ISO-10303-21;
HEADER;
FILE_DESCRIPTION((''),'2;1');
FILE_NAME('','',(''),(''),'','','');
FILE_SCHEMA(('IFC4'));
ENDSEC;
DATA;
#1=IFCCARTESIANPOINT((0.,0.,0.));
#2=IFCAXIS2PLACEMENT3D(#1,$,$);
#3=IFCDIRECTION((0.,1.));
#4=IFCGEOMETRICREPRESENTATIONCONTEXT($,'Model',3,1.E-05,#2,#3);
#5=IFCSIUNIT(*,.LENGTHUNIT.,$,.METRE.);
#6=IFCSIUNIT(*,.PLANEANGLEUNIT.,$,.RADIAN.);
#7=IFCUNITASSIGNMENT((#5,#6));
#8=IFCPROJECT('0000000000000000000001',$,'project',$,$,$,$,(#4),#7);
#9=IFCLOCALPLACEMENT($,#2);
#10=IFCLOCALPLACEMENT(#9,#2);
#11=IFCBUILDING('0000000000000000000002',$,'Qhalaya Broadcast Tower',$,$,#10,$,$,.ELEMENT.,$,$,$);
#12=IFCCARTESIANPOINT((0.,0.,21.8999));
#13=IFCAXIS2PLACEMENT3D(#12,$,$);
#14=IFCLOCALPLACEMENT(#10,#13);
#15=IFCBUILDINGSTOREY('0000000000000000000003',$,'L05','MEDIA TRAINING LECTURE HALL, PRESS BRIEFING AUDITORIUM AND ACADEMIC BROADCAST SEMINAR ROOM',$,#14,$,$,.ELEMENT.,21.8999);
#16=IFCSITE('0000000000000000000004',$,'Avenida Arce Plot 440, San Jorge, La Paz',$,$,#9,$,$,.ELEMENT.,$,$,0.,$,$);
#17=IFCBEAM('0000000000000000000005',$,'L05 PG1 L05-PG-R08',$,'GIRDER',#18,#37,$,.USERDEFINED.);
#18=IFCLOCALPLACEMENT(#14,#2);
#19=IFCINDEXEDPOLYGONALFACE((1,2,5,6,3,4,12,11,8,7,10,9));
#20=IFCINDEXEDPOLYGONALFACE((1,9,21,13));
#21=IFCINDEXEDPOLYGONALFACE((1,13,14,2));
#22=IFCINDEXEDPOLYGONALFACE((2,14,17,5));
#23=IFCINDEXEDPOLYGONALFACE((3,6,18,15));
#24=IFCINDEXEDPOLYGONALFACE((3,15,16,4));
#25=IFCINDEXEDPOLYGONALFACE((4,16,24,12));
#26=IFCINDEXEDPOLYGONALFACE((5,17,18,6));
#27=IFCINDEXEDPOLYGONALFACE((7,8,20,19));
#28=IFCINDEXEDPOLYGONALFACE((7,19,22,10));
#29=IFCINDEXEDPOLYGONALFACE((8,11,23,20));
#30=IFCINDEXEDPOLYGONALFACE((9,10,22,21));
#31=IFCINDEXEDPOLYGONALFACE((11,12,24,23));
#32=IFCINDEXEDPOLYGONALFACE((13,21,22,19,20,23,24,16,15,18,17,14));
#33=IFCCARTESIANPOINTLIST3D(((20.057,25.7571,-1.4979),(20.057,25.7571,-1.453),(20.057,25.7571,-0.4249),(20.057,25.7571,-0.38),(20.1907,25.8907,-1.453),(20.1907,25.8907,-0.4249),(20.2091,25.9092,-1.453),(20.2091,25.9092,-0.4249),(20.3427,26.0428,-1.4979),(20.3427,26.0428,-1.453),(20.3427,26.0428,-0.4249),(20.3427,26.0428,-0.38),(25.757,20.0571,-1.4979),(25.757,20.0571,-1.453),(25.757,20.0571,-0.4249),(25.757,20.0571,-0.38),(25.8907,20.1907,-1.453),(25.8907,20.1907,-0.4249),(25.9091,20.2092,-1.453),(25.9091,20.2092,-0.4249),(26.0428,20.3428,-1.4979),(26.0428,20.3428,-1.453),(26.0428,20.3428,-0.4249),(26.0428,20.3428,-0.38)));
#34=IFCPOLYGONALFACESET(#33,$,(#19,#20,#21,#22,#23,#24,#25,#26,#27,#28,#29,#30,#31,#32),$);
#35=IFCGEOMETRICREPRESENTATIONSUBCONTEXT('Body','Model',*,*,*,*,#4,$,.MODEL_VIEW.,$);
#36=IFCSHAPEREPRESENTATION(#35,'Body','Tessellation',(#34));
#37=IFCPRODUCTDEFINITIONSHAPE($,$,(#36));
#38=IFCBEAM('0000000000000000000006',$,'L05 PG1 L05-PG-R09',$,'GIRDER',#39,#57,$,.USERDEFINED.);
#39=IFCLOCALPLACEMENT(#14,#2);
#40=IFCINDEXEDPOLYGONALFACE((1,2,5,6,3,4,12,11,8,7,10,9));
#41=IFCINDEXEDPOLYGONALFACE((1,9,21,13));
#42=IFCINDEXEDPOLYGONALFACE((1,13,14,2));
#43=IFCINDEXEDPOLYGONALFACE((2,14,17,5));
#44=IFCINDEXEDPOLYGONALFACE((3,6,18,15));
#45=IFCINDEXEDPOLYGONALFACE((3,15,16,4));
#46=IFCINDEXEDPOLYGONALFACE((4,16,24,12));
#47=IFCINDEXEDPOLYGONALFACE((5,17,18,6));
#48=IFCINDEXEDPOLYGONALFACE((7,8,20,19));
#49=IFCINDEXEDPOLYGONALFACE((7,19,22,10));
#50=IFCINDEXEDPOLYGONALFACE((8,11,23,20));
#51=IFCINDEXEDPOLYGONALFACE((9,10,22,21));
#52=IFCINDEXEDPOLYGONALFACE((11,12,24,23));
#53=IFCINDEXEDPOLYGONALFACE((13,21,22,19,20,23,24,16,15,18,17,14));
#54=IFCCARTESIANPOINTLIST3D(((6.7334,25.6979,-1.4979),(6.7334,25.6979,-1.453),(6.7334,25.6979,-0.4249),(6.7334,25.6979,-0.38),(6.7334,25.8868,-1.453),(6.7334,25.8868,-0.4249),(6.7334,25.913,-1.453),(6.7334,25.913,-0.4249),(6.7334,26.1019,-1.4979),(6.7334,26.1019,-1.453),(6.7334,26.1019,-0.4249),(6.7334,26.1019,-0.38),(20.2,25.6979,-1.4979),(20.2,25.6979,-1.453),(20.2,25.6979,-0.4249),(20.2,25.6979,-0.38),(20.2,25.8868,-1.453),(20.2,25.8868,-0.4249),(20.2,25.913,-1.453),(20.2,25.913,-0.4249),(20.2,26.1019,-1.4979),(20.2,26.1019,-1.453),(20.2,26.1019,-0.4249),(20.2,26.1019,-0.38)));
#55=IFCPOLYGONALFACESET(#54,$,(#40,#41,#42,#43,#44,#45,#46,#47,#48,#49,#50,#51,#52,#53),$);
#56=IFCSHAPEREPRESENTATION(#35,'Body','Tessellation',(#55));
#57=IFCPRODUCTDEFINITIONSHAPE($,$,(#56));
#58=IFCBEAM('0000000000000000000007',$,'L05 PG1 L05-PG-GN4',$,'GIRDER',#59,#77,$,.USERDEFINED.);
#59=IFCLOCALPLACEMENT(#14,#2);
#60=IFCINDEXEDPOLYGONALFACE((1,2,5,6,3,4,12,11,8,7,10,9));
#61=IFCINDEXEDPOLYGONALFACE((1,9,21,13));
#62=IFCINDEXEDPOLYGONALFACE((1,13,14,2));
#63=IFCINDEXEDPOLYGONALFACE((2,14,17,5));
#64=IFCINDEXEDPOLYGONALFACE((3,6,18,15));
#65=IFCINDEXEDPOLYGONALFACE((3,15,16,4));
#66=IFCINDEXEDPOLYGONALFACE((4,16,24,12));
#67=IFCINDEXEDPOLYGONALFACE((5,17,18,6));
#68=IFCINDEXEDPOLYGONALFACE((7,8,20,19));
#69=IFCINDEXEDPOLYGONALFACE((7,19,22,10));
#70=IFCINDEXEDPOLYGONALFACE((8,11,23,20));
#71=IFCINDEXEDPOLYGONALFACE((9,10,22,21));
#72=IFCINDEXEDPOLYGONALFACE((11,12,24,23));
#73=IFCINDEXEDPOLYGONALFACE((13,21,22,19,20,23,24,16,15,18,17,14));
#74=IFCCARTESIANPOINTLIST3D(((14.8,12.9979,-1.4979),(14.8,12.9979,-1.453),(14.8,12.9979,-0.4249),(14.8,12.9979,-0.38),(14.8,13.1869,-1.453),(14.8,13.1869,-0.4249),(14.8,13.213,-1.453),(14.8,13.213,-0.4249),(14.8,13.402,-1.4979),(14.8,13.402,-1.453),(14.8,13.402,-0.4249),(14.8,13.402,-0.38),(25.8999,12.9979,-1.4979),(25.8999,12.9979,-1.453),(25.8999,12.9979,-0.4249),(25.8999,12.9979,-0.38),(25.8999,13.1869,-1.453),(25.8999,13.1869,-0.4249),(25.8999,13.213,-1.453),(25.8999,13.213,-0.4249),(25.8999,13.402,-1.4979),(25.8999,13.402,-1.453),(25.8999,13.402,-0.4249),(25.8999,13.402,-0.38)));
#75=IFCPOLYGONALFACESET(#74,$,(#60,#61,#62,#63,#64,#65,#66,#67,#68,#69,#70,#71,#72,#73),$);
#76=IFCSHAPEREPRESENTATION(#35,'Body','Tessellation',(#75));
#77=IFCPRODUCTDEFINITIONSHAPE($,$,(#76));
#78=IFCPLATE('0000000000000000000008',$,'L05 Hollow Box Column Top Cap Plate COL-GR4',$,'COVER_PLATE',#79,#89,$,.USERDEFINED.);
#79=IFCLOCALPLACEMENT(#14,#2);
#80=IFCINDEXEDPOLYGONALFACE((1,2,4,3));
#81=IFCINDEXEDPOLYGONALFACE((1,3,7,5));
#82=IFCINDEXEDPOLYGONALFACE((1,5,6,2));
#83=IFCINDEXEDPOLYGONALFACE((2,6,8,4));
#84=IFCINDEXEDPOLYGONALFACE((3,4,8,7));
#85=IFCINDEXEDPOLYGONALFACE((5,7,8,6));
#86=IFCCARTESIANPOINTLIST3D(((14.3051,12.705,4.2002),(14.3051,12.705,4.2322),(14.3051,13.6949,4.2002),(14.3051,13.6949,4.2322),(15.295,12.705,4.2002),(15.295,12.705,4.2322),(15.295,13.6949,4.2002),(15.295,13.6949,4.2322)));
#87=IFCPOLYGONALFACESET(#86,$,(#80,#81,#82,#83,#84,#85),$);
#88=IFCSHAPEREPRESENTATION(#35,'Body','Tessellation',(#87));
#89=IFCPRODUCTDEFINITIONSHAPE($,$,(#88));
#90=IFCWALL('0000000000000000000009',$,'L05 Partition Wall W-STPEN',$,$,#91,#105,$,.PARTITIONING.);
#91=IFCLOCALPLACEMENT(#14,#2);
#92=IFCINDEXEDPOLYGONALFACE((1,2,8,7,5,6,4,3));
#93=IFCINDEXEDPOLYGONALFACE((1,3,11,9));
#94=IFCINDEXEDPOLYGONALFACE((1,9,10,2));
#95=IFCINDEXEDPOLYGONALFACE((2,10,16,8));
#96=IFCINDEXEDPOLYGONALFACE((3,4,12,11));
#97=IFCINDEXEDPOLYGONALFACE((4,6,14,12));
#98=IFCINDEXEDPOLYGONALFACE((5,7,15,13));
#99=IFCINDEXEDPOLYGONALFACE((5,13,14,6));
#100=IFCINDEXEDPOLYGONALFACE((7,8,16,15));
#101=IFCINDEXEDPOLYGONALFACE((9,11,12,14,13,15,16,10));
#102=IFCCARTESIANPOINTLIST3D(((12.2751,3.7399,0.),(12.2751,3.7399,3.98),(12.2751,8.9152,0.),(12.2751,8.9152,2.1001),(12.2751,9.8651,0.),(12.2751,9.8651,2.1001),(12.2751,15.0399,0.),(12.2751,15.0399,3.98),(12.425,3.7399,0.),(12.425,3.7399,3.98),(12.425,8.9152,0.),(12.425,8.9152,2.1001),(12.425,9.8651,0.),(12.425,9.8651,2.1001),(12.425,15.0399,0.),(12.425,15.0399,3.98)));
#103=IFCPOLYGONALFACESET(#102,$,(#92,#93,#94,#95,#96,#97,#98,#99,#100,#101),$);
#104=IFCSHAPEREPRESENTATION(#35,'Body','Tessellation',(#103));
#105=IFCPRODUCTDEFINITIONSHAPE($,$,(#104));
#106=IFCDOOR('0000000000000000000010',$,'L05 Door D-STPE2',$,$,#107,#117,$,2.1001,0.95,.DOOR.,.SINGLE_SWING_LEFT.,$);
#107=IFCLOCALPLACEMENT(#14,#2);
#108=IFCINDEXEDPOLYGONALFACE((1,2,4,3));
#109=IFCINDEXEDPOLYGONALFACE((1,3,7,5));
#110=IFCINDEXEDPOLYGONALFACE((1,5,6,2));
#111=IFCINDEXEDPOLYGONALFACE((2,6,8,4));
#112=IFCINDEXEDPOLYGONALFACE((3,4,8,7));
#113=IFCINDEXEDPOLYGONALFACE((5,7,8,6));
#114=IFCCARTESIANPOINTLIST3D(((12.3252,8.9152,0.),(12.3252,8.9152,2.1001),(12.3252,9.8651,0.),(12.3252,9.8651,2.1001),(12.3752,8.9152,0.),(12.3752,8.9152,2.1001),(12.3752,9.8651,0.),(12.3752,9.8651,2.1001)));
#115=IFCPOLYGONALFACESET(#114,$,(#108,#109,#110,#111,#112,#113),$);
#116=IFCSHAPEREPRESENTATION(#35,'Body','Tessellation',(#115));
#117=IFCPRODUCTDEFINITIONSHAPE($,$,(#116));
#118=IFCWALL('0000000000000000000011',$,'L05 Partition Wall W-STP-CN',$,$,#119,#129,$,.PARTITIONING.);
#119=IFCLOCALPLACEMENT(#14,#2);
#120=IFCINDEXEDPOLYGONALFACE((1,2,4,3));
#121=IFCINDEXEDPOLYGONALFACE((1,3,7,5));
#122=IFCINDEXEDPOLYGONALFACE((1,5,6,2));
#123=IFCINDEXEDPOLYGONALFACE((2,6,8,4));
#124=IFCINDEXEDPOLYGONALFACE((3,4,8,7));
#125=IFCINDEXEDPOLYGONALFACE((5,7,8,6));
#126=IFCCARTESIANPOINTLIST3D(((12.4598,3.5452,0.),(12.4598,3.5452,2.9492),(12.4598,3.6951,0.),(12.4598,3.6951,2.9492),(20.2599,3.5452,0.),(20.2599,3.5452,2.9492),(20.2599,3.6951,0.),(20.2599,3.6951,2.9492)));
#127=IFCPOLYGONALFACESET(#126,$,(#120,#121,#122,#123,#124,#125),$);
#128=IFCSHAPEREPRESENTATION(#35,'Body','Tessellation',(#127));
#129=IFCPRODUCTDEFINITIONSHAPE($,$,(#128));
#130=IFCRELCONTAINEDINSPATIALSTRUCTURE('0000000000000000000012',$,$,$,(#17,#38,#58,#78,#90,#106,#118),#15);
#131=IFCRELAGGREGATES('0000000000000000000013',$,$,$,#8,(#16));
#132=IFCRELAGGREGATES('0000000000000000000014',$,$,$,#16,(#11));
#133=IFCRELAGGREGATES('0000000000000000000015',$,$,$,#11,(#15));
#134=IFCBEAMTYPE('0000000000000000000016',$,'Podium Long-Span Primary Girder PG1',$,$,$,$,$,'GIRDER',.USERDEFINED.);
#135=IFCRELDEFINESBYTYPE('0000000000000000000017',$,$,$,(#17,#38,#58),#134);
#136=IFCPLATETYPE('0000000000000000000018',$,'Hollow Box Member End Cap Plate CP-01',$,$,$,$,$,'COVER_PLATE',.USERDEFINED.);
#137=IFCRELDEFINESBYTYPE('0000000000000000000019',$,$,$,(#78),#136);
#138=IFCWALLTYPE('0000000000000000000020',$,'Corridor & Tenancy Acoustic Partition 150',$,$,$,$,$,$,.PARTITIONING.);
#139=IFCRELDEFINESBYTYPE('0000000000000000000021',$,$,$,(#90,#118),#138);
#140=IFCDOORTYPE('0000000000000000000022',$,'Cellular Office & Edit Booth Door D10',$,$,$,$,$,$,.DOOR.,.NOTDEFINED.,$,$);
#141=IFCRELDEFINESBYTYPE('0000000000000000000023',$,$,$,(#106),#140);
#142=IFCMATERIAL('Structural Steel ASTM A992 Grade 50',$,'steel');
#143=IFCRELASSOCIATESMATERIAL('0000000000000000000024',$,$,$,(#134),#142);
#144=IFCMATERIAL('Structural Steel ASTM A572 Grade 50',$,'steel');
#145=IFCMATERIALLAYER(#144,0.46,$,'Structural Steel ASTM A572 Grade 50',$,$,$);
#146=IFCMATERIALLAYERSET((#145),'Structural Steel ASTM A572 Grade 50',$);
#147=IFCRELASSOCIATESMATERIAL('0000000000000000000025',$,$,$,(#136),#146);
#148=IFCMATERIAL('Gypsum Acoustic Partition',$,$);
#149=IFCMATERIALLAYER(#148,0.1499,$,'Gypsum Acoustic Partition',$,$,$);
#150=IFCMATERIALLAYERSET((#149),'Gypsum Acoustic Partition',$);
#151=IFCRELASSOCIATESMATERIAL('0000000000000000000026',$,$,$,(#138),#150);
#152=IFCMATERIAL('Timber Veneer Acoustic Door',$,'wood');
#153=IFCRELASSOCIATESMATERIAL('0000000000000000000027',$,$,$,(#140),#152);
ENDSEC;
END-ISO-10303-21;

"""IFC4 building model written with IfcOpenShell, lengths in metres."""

from ifc_helpers import new_model, si_unit, direction, frame, frame_2d, origin, origin_2d, place, context, subcontext, project, spatial, rectangle, i_section, extrude, material, layer, layer_set, material_profile, profile_set, type_object, element, fill, save


model = new_model("IFC4")

# Units and contexts
model_context = context("Model", 3, precision=1e-05, world=origin(), true_north=direction((0.0, 1.0)))
body_context = subcontext(model_context, "Body", "Model", "MODEL_VIEW")
ifc_project = project(units=[si_unit("LENGTHUNIT", "METRE"), si_unit("PLANEANGLEUNIT", "RADIAN")], contexts=[model_context])

# Site, building, storey
site_placement = place(None, origin())
site = spatial("IfcSite", under=ifc_project, at=site_placement, Name="Avenida Arce Plot 440, San Jorge, La Paz", CompositionType="ELEMENT", RefElevation=0.0)
building_placement = place(site_placement, origin())
building = spatial("IfcBuilding", under=site, at=building_placement, Name="Qhalaya Broadcast Tower", CompositionType="ELEMENT")
storey_placement = place(building_placement, frame((0.0, 0.0, 21.8999)))
storey = spatial("IfcBuildingStorey", under=building, at=storey_placement, Name="L05", Description="MEDIA TRAINING LECTURE HALL, PRESS BRIEFING AUDITORIUM AND ACADEMIC BROADCAST SEMINAR ROOM", CompositionType="ELEMENT", Elevation=21.8999)

# Shared definitions
ifc_material_1 = material(Name="Structural Steel ASTM A572 Grade 50", Category="steel")

# Beams
ifc_material_2 = material(Name="Structural Steel ASTM A992 Grade 50", Category="steel")
ifc_material_profile_1 = material_profile(ifc_material_2, i_section(OverallWidth=0.4041, OverallDepth=1.1179, WebThickness=0.0261, FlangeThickness=0.0449, at=origin_2d()), Name="W44X335")
ifc_profile_set_1 = profile_set([ifc_material_profile_1], Name="Structural Steel ASTM A992 Grade 50")
beam_type_1 = type_object("IfcBeamType", Name="Podium Long-Span Primary Girder PG1", ElementType="GIRDER", PredefinedType="USERDEFINED", material=ifc_profile_set_1)
beam_1_placement = place(storey_placement, frame((25.8999, 20.2, -0.939), z_axis=(-0.707107, 0.707107, 0.0), x_axis=(-0.707107, -0.707107, 0.0)))
element("IfcBeam", 1, at=beam_1_placement, inside=storey, type_object=beam_type_1, Name="L05 PG1 L05-PG-R08", ObjectType="GIRDER", PredefinedType="USERDEFINED", context=body_context, shape_type="SweptSolid", body=[
    extrude(i_section(OverallWidth=0.4041, OverallDepth=1.1179, WebThickness=0.0261, FlangeThickness=0.0449, at=origin_2d()), origin(), (0.0, 0.0, 1.0), 8.061),
])
beam_2_placement = place(storey_placement, frame((20.2, 25.8999, -0.939), z_axis=(-1.0, 0.0, 0.0), x_axis=(0.0, -1.0, 0.0)))
element("IfcBeam", 2, at=beam_2_placement, inside=storey, type_object=beam_type_1, Name="L05 PG1 L05-PG-R09", ObjectType="GIRDER", PredefinedType="USERDEFINED", context=body_context, shape_type="SweptSolid", body=[
    extrude(i_section(OverallWidth=0.4041, OverallDepth=1.1179, WebThickness=0.0261, FlangeThickness=0.0449, at=origin_2d()), origin(), (0.0, 0.0, 1.0), 13.4666),
])
beam_3_placement = place(storey_placement, frame((14.8, 13.2, -0.939), z_axis=(1.0, 0.0, 0.0), x_axis=(0.0, 1.0, 0.0)))
element("IfcBeam", 3, at=beam_3_placement, inside=storey, type_object=beam_type_1, Name="L05 PG1 L05-PG-GN4", ObjectType="GIRDER", PredefinedType="USERDEFINED", context=body_context, shape_type="SweptSolid", body=[
    extrude(i_section(OverallWidth=0.4041, OverallDepth=1.1179, WebThickness=0.0261, FlangeThickness=0.0449, at=origin_2d()), origin(), (0.0, 0.0, 1.0), 11.0999),
])

# Plate
ifc_layer_1 = layer(ifc_material_1, 0.46, Name="Structural Steel ASTM A572 Grade 50")
ifc_layer_set_1 = layer_set([ifc_layer_1], Name="Structural Steel ASTM A572 Grade 50")
plate_type = type_object("IfcPlateType", Name="Hollow Box Member End Cap Plate CP-01", ElementType="COVER_PLATE", PredefinedType="USERDEFINED", material=ifc_layer_set_1)
plate_placement = place(storey_placement, frame((14.8, 13.2, 4.2002), z_axis=(0.0, 0.0, 1.0), x_axis=(1.0, 0.0, 0.0)))
element("IfcPlate", 4, at=plate_placement, inside=storey, type_object=plate_type, Name="L05 Hollow Box Column Top Cap Plate COL-GR4", ObjectType="COVER_PLATE", PredefinedType="USERDEFINED", context=body_context, shape_type="SweptSolid", body=[
    extrude(rectangle(XDim=0.99, YDim=0.99, at=origin_2d()), origin(), (0.0, 0.0, 1.0), 0.032),
])

# Wall, opening, door
ifc_material_3 = material(Name="Gypsum Acoustic Partition")
ifc_layer_2 = layer(ifc_material_3, 0.1499, Name="Gypsum Acoustic Partition")
ifc_layer_set_2 = layer_set([ifc_layer_2], Name="Gypsum Acoustic Partition")
wall_type_1 = type_object("IfcWallType", Name="Corridor & Tenancy Acoustic Partition 150", PredefinedType="PARTITIONING", material=ifc_layer_set_2)
wall_1_placement = place(storey_placement, frame((12.3501, 3.74, 0.0), z_axis=(0.0, 0.0, 1.0), x_axis=(0.0, 1.0, 0.0)))
wall_1 = element("IfcWall", 5, at=wall_1_placement, inside=storey, type_object=wall_type_1, Name="L05 Partition Wall W-STPEN", PredefinedType="PARTITIONING", context=body_context, shape_type="SweptSolid", body=[
    extrude(rectangle(XDim=11.3, YDim=0.1499, at=frame_2d((5.6499, 0.0))), origin(), (0.0, 0.0, 1.0), 3.98),
])
opening_1_placement = place(wall_1_placement, frame((5.175, 0.0, 0.0)))
opening_1 = element("IfcOpeningElement", 6, at=opening_1_placement, cuts=wall_1, PredefinedType="OPENING", context=body_context, shape_type="SweptSolid", body=[
    extrude(rectangle(XDim=0.95, YDim=2.1001, at=frame_2d((0.4751, 1.05))), frame((0.0, 0.0869, 0.0), z_axis=(0.0, -1.0, 0.0), x_axis=(1.0, 0.0, 0.0)), (0.0, 0.0, 1.0), 0.1738),
])
ifc_material_4 = material(Name="Timber Veneer Acoustic Door", Category="wood")
door_type = type_object("IfcDoorType", Name="Cellular Office & Edit Booth Door D10", OperationType="NOTDEFINED", PredefinedType="DOOR", material=ifc_material_4)
door_placement = place(opening_1_placement, origin())
door = element("IfcDoor", 7, at=door_placement, inside=storey, type_object=door_type, Name="L05 Door D-STPE2", OperationType="SINGLE_SWING_LEFT", OverallHeight=2.1001, OverallWidth=0.95, PredefinedType="DOOR", context=body_context, shape_type="SweptSolid", body=[
    extrude(rectangle(XDim=0.95, YDim=2.1001, at=frame_2d((0.4751, 1.05))), frame((0.0, 0.0249, 0.0), z_axis=(0.0, -1.0, 0.0), x_axis=(1.0, 0.0, 0.0)), (0.0, 0.0, 1.0), 0.05),
])
fill(opening_1, door)

# Wall
wall_2_placement = place(storey_placement, frame((12.46, 3.6201, 0.0), z_axis=(0.0, 0.0, 1.0), x_axis=(1.0, 0.0, 0.0)))
element("IfcWall", 8, at=wall_2_placement, inside=storey, type_object=wall_type_1, Name="L05 Partition Wall W-STP-CN", PredefinedType="PARTITIONING", context=body_context, shape_type="SweptSolid", body=[
    extrude(rectangle(XDim=7.8, YDim=0.1499, at=frame_2d((3.8999, 0.0))), origin(), (0.0, 0.0, 1.0), 2.9492),
])

save(model, "model.ifc")
